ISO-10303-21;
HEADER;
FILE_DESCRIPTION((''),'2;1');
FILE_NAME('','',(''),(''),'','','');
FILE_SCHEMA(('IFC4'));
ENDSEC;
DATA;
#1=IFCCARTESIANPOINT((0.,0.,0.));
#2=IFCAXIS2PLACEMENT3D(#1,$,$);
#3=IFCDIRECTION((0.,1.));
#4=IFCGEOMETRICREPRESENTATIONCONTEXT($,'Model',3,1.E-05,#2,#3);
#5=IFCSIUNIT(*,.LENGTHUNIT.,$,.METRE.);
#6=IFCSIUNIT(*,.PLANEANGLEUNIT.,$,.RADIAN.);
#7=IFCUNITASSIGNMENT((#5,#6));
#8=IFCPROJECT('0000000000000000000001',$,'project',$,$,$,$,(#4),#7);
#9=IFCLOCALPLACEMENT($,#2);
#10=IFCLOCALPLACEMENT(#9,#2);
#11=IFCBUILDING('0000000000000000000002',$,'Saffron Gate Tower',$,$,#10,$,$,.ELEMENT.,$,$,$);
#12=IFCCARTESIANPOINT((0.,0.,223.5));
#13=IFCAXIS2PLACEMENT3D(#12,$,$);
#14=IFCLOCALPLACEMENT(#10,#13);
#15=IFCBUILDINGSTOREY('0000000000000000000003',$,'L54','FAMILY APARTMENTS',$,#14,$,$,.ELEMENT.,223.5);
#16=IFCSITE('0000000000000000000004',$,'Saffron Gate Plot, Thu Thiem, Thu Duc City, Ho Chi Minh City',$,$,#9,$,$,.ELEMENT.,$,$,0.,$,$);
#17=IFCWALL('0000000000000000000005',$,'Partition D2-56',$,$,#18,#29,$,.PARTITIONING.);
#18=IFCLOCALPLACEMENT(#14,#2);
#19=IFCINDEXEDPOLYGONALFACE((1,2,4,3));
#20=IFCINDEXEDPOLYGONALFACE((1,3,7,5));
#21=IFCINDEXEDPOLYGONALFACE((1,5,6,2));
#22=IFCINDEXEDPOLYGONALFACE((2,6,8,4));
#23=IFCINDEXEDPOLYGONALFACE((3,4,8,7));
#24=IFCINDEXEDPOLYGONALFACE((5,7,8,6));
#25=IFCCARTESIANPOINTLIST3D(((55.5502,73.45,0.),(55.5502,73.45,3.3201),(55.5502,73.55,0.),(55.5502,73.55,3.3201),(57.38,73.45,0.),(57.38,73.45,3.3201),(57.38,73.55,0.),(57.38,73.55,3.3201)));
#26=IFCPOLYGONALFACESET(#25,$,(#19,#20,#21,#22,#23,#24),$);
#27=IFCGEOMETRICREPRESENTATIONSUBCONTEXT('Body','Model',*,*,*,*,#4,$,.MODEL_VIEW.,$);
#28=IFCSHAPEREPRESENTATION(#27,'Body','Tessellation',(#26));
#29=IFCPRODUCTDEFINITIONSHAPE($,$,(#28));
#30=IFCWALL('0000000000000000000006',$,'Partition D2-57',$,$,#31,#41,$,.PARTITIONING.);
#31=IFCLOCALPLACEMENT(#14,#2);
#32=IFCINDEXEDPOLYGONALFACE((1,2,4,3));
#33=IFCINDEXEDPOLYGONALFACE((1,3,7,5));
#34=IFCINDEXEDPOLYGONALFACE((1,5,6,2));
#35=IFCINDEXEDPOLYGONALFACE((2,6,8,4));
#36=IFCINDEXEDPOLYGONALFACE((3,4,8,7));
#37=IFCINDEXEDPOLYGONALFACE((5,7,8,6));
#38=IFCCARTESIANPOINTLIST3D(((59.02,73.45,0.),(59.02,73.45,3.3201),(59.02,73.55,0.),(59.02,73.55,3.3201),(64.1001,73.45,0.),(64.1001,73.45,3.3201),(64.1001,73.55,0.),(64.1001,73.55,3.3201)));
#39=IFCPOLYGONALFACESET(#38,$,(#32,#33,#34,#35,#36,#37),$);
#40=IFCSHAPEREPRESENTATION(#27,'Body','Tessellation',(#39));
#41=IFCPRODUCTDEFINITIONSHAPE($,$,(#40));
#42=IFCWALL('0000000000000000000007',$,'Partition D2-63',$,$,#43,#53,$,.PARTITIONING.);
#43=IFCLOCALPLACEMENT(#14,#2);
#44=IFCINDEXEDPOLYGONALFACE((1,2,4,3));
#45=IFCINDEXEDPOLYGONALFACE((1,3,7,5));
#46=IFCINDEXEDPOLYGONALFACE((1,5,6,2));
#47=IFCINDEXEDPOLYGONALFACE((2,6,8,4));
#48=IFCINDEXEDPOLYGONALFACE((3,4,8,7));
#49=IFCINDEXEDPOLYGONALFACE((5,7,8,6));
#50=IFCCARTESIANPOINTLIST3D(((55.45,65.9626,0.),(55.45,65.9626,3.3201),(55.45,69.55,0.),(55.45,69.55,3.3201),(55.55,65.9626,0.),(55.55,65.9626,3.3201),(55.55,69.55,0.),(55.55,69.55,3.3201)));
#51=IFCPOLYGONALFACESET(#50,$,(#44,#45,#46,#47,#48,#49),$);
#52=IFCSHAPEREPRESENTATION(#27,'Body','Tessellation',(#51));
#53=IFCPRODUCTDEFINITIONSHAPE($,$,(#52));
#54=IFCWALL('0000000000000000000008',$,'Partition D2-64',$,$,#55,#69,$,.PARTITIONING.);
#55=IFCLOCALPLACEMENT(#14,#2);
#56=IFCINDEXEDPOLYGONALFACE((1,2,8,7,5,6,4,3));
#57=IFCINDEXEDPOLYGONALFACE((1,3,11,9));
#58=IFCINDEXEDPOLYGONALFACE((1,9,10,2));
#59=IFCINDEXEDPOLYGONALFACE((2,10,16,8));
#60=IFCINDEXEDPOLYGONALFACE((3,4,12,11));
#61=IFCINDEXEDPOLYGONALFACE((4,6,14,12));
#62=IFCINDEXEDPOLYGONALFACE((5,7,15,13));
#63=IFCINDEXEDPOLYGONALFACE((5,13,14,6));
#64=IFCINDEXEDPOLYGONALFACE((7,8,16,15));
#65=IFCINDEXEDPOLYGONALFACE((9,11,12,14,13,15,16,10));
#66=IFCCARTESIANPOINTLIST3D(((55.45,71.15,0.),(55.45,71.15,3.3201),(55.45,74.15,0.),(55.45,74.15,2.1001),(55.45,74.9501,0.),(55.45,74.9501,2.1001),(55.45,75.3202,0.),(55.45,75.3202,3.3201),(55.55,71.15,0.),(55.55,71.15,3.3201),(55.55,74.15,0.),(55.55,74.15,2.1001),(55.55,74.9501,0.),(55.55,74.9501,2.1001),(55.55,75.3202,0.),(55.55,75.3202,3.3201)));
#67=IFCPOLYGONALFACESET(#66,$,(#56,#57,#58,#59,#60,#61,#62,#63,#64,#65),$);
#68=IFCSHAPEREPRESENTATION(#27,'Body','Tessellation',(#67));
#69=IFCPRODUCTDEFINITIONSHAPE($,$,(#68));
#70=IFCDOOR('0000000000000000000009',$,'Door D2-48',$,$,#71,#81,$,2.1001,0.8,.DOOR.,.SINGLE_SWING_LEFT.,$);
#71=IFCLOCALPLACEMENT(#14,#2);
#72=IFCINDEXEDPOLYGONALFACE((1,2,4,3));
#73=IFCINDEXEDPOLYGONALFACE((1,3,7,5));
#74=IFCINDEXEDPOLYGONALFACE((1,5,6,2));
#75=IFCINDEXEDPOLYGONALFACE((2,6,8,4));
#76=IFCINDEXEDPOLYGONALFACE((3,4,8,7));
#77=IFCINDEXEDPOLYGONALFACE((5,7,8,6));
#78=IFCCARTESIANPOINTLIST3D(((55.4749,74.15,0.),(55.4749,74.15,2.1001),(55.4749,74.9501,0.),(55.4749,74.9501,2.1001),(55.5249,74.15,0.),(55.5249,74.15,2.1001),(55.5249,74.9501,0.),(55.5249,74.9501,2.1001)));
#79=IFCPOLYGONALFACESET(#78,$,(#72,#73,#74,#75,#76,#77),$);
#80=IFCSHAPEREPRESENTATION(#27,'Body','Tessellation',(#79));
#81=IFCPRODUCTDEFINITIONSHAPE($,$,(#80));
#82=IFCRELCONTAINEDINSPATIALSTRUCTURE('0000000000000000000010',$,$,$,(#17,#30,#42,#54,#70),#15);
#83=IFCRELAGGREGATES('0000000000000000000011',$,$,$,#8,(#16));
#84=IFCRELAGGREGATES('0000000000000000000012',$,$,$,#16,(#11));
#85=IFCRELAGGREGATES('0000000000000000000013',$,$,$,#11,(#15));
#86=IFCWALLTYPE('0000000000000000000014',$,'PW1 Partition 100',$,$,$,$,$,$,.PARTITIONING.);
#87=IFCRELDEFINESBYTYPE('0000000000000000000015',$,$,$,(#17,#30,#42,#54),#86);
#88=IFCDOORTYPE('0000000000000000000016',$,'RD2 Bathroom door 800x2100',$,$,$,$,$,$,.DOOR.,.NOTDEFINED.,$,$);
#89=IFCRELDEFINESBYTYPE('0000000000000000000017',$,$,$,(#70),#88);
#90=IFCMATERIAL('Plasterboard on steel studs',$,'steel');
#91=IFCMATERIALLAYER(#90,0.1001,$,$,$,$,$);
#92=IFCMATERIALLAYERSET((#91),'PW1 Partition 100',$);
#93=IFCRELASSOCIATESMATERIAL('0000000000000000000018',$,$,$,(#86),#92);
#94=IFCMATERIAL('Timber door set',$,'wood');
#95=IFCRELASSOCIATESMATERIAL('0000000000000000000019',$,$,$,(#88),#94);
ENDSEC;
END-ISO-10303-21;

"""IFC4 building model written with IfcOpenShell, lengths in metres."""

from ifc_helpers import new_model, si_unit, direction, frame, frame_2d, origin, place, context, subcontext, project, spatial, rectangle, extrude, material, layer, layer_set, type_object, element, fill, save


model = new_model("IFC4")

# Units and contexts
model_context = context("Model", 3, precision=1e-05, world=origin(), true_north=direction((0.0, 1.0)))
body_context = subcontext(model_context, "Body", "Model", "MODEL_VIEW")
ifc_project = project(units=[si_unit("LENGTHUNIT", "METRE"), si_unit("PLANEANGLEUNIT", "RADIAN")], contexts=[model_context])

# Site, building, storey
site_placement = place(None, origin())
site = spatial("IfcSite", under=ifc_project, at=site_placement, Name="Saffron Gate Plot, Thu Thiem, Thu Duc City, Ho Chi Minh City", CompositionType="ELEMENT", RefElevation=0.0)
building_placement = place(site_placement, origin())
building = spatial("IfcBuilding", under=site, at=building_placement, Name="Saffron Gate Tower", CompositionType="ELEMENT")
storey_placement = place(building_placement, frame((0.0, 0.0, 223.5)))
storey = spatial("IfcBuildingStorey", under=building, at=storey_placement, Name="L54", Description="FAMILY APARTMENTS", CompositionType="ELEMENT", Elevation=223.5)

# Shared definitions
ifc_material_1 = material(Name="Plasterboard on steel studs", Category="steel")
ifc_layer_1 = layer(ifc_material_1, 0.1001)
ifc_layer_set_1 = layer_set([ifc_layer_1], Name="PW1 Partition 100")
wall_type_1 = type_object("IfcWallType", Name="PW1 Partition 100", PredefinedType="PARTITIONING", material=ifc_layer_set_1)

# Shared definitions
ifc_material_2 = material(Name="Timber door set", Category="wood")
door_type_1 = type_object("IfcDoorType", Name="RD2 Bathroom door 800x2100", OperationType="NOTDEFINED", PredefinedType="DOOR", material=ifc_material_2)

# Walls
wall_1_placement = place(storey_placement, frame((55.55, 73.5, 0.0), z_axis=(0.0, 0.0, 1.0), x_axis=(1.0, 0.0, 0.0)))
element("IfcWall", 1, at=wall_1_placement, inside=storey, type_object=wall_type_1, Name="Partition D2-56", PredefinedType="PARTITIONING", context=body_context, shape_type="SweptSolid", body=[
    extrude(rectangle(XDim=1.8298, YDim=0.1001, at=frame_2d((0.915, 0.0))), origin(), (0.0, 0.0, 1.0), 3.3201),
])
wall_2_placement = place(storey_placement, frame((59.02, 73.5, 0.0), z_axis=(0.0, 0.0, 1.0), x_axis=(1.0, 0.0, 0.0)))
element("IfcWall", 2, at=wall_2_placement, inside=storey, type_object=wall_type_1, Name="Partition D2-57", PredefinedType="PARTITIONING", context=body_context, shape_type="SweptSolid", body=[
    extrude(rectangle(XDim=5.0801, YDim=0.1001, at=frame_2d((2.54, 0.0))), origin(), (0.0, 0.0, 1.0), 3.3201),
])
wall_3_placement = place(storey_placement, frame((55.5, 69.55, 0.0), z_axis=(0.0, 0.0, 1.0), x_axis=(0.0, -1.0, 0.0)))
element("IfcWall", 3, at=wall_3_placement, inside=storey, type_object=wall_type_1, Name="Partition D2-63", PredefinedType="PARTITIONING", context=body_context, shape_type="SweptSolid", body=[
    extrude(rectangle(XDim=3.5874, YDim=0.1001, at=frame_2d((1.7937, 0.0))), origin(), (0.0, 0.0, 1.0), 3.3201),
])

# Wall, opening, door
wall_4_placement = place(storey_placement, frame((55.5, 75.3201, 0.0), z_axis=(0.0, 0.0, 1.0), x_axis=(0.0, -1.0, 0.0)))
wall_4 = element("IfcWall", 4, at=wall_4_placement, inside=storey, type_object=wall_type_1, Name="Partition D2-64", PredefinedType="PARTITIONING", context=body_context, shape_type="SweptSolid", body=[
    extrude(rectangle(XDim=4.1702, YDim=0.1001, at=frame_2d((2.085, 0.0))), origin(), (0.0, 0.0, 1.0), 3.3201),
])
opening_1_placement = place(wall_4_placement, frame((0.3701, 0.0, 0.0)))
opening_1 = element("IfcOpeningElement", 5, at=opening_1_placement, cuts=wall_4, PredefinedType="OPENING", context=body_context, shape_type="SweptSolid", body=[
    extrude(rectangle(XDim=0.8, YDim=2.1001, at=frame_2d((0.3999, 1.05))), frame((0.0, 0.0601, 0.0), z_axis=(0.0, -1.0, 0.0), x_axis=(1.0, 0.0, 0.0)), (0.0, 0.0, 1.0), 0.1201),
])
door_1_placement = place(opening_1_placement, origin())
door_1 = element("IfcDoor", 6, at=door_1_placement, inside=storey, type_object=door_type_1, Name="Door D2-48", OperationType="SINGLE_SWING_LEFT", OverallHeight=2.1001, OverallWidth=0.8, PredefinedType="DOOR", context=body_context, shape_type="SweptSolid", body=[
    extrude(rectangle(XDim=0.8, YDim=2.1001, at=frame_2d((0.3999, 1.05))), frame((0.0, 0.0249, 0.0), z_axis=(0.0, -1.0, 0.0), x_axis=(1.0, 0.0, 0.0)), (0.0, 0.0, 1.0), 0.05),
])
fill(opening_1, door_1)

save(model, "model.ifc")
